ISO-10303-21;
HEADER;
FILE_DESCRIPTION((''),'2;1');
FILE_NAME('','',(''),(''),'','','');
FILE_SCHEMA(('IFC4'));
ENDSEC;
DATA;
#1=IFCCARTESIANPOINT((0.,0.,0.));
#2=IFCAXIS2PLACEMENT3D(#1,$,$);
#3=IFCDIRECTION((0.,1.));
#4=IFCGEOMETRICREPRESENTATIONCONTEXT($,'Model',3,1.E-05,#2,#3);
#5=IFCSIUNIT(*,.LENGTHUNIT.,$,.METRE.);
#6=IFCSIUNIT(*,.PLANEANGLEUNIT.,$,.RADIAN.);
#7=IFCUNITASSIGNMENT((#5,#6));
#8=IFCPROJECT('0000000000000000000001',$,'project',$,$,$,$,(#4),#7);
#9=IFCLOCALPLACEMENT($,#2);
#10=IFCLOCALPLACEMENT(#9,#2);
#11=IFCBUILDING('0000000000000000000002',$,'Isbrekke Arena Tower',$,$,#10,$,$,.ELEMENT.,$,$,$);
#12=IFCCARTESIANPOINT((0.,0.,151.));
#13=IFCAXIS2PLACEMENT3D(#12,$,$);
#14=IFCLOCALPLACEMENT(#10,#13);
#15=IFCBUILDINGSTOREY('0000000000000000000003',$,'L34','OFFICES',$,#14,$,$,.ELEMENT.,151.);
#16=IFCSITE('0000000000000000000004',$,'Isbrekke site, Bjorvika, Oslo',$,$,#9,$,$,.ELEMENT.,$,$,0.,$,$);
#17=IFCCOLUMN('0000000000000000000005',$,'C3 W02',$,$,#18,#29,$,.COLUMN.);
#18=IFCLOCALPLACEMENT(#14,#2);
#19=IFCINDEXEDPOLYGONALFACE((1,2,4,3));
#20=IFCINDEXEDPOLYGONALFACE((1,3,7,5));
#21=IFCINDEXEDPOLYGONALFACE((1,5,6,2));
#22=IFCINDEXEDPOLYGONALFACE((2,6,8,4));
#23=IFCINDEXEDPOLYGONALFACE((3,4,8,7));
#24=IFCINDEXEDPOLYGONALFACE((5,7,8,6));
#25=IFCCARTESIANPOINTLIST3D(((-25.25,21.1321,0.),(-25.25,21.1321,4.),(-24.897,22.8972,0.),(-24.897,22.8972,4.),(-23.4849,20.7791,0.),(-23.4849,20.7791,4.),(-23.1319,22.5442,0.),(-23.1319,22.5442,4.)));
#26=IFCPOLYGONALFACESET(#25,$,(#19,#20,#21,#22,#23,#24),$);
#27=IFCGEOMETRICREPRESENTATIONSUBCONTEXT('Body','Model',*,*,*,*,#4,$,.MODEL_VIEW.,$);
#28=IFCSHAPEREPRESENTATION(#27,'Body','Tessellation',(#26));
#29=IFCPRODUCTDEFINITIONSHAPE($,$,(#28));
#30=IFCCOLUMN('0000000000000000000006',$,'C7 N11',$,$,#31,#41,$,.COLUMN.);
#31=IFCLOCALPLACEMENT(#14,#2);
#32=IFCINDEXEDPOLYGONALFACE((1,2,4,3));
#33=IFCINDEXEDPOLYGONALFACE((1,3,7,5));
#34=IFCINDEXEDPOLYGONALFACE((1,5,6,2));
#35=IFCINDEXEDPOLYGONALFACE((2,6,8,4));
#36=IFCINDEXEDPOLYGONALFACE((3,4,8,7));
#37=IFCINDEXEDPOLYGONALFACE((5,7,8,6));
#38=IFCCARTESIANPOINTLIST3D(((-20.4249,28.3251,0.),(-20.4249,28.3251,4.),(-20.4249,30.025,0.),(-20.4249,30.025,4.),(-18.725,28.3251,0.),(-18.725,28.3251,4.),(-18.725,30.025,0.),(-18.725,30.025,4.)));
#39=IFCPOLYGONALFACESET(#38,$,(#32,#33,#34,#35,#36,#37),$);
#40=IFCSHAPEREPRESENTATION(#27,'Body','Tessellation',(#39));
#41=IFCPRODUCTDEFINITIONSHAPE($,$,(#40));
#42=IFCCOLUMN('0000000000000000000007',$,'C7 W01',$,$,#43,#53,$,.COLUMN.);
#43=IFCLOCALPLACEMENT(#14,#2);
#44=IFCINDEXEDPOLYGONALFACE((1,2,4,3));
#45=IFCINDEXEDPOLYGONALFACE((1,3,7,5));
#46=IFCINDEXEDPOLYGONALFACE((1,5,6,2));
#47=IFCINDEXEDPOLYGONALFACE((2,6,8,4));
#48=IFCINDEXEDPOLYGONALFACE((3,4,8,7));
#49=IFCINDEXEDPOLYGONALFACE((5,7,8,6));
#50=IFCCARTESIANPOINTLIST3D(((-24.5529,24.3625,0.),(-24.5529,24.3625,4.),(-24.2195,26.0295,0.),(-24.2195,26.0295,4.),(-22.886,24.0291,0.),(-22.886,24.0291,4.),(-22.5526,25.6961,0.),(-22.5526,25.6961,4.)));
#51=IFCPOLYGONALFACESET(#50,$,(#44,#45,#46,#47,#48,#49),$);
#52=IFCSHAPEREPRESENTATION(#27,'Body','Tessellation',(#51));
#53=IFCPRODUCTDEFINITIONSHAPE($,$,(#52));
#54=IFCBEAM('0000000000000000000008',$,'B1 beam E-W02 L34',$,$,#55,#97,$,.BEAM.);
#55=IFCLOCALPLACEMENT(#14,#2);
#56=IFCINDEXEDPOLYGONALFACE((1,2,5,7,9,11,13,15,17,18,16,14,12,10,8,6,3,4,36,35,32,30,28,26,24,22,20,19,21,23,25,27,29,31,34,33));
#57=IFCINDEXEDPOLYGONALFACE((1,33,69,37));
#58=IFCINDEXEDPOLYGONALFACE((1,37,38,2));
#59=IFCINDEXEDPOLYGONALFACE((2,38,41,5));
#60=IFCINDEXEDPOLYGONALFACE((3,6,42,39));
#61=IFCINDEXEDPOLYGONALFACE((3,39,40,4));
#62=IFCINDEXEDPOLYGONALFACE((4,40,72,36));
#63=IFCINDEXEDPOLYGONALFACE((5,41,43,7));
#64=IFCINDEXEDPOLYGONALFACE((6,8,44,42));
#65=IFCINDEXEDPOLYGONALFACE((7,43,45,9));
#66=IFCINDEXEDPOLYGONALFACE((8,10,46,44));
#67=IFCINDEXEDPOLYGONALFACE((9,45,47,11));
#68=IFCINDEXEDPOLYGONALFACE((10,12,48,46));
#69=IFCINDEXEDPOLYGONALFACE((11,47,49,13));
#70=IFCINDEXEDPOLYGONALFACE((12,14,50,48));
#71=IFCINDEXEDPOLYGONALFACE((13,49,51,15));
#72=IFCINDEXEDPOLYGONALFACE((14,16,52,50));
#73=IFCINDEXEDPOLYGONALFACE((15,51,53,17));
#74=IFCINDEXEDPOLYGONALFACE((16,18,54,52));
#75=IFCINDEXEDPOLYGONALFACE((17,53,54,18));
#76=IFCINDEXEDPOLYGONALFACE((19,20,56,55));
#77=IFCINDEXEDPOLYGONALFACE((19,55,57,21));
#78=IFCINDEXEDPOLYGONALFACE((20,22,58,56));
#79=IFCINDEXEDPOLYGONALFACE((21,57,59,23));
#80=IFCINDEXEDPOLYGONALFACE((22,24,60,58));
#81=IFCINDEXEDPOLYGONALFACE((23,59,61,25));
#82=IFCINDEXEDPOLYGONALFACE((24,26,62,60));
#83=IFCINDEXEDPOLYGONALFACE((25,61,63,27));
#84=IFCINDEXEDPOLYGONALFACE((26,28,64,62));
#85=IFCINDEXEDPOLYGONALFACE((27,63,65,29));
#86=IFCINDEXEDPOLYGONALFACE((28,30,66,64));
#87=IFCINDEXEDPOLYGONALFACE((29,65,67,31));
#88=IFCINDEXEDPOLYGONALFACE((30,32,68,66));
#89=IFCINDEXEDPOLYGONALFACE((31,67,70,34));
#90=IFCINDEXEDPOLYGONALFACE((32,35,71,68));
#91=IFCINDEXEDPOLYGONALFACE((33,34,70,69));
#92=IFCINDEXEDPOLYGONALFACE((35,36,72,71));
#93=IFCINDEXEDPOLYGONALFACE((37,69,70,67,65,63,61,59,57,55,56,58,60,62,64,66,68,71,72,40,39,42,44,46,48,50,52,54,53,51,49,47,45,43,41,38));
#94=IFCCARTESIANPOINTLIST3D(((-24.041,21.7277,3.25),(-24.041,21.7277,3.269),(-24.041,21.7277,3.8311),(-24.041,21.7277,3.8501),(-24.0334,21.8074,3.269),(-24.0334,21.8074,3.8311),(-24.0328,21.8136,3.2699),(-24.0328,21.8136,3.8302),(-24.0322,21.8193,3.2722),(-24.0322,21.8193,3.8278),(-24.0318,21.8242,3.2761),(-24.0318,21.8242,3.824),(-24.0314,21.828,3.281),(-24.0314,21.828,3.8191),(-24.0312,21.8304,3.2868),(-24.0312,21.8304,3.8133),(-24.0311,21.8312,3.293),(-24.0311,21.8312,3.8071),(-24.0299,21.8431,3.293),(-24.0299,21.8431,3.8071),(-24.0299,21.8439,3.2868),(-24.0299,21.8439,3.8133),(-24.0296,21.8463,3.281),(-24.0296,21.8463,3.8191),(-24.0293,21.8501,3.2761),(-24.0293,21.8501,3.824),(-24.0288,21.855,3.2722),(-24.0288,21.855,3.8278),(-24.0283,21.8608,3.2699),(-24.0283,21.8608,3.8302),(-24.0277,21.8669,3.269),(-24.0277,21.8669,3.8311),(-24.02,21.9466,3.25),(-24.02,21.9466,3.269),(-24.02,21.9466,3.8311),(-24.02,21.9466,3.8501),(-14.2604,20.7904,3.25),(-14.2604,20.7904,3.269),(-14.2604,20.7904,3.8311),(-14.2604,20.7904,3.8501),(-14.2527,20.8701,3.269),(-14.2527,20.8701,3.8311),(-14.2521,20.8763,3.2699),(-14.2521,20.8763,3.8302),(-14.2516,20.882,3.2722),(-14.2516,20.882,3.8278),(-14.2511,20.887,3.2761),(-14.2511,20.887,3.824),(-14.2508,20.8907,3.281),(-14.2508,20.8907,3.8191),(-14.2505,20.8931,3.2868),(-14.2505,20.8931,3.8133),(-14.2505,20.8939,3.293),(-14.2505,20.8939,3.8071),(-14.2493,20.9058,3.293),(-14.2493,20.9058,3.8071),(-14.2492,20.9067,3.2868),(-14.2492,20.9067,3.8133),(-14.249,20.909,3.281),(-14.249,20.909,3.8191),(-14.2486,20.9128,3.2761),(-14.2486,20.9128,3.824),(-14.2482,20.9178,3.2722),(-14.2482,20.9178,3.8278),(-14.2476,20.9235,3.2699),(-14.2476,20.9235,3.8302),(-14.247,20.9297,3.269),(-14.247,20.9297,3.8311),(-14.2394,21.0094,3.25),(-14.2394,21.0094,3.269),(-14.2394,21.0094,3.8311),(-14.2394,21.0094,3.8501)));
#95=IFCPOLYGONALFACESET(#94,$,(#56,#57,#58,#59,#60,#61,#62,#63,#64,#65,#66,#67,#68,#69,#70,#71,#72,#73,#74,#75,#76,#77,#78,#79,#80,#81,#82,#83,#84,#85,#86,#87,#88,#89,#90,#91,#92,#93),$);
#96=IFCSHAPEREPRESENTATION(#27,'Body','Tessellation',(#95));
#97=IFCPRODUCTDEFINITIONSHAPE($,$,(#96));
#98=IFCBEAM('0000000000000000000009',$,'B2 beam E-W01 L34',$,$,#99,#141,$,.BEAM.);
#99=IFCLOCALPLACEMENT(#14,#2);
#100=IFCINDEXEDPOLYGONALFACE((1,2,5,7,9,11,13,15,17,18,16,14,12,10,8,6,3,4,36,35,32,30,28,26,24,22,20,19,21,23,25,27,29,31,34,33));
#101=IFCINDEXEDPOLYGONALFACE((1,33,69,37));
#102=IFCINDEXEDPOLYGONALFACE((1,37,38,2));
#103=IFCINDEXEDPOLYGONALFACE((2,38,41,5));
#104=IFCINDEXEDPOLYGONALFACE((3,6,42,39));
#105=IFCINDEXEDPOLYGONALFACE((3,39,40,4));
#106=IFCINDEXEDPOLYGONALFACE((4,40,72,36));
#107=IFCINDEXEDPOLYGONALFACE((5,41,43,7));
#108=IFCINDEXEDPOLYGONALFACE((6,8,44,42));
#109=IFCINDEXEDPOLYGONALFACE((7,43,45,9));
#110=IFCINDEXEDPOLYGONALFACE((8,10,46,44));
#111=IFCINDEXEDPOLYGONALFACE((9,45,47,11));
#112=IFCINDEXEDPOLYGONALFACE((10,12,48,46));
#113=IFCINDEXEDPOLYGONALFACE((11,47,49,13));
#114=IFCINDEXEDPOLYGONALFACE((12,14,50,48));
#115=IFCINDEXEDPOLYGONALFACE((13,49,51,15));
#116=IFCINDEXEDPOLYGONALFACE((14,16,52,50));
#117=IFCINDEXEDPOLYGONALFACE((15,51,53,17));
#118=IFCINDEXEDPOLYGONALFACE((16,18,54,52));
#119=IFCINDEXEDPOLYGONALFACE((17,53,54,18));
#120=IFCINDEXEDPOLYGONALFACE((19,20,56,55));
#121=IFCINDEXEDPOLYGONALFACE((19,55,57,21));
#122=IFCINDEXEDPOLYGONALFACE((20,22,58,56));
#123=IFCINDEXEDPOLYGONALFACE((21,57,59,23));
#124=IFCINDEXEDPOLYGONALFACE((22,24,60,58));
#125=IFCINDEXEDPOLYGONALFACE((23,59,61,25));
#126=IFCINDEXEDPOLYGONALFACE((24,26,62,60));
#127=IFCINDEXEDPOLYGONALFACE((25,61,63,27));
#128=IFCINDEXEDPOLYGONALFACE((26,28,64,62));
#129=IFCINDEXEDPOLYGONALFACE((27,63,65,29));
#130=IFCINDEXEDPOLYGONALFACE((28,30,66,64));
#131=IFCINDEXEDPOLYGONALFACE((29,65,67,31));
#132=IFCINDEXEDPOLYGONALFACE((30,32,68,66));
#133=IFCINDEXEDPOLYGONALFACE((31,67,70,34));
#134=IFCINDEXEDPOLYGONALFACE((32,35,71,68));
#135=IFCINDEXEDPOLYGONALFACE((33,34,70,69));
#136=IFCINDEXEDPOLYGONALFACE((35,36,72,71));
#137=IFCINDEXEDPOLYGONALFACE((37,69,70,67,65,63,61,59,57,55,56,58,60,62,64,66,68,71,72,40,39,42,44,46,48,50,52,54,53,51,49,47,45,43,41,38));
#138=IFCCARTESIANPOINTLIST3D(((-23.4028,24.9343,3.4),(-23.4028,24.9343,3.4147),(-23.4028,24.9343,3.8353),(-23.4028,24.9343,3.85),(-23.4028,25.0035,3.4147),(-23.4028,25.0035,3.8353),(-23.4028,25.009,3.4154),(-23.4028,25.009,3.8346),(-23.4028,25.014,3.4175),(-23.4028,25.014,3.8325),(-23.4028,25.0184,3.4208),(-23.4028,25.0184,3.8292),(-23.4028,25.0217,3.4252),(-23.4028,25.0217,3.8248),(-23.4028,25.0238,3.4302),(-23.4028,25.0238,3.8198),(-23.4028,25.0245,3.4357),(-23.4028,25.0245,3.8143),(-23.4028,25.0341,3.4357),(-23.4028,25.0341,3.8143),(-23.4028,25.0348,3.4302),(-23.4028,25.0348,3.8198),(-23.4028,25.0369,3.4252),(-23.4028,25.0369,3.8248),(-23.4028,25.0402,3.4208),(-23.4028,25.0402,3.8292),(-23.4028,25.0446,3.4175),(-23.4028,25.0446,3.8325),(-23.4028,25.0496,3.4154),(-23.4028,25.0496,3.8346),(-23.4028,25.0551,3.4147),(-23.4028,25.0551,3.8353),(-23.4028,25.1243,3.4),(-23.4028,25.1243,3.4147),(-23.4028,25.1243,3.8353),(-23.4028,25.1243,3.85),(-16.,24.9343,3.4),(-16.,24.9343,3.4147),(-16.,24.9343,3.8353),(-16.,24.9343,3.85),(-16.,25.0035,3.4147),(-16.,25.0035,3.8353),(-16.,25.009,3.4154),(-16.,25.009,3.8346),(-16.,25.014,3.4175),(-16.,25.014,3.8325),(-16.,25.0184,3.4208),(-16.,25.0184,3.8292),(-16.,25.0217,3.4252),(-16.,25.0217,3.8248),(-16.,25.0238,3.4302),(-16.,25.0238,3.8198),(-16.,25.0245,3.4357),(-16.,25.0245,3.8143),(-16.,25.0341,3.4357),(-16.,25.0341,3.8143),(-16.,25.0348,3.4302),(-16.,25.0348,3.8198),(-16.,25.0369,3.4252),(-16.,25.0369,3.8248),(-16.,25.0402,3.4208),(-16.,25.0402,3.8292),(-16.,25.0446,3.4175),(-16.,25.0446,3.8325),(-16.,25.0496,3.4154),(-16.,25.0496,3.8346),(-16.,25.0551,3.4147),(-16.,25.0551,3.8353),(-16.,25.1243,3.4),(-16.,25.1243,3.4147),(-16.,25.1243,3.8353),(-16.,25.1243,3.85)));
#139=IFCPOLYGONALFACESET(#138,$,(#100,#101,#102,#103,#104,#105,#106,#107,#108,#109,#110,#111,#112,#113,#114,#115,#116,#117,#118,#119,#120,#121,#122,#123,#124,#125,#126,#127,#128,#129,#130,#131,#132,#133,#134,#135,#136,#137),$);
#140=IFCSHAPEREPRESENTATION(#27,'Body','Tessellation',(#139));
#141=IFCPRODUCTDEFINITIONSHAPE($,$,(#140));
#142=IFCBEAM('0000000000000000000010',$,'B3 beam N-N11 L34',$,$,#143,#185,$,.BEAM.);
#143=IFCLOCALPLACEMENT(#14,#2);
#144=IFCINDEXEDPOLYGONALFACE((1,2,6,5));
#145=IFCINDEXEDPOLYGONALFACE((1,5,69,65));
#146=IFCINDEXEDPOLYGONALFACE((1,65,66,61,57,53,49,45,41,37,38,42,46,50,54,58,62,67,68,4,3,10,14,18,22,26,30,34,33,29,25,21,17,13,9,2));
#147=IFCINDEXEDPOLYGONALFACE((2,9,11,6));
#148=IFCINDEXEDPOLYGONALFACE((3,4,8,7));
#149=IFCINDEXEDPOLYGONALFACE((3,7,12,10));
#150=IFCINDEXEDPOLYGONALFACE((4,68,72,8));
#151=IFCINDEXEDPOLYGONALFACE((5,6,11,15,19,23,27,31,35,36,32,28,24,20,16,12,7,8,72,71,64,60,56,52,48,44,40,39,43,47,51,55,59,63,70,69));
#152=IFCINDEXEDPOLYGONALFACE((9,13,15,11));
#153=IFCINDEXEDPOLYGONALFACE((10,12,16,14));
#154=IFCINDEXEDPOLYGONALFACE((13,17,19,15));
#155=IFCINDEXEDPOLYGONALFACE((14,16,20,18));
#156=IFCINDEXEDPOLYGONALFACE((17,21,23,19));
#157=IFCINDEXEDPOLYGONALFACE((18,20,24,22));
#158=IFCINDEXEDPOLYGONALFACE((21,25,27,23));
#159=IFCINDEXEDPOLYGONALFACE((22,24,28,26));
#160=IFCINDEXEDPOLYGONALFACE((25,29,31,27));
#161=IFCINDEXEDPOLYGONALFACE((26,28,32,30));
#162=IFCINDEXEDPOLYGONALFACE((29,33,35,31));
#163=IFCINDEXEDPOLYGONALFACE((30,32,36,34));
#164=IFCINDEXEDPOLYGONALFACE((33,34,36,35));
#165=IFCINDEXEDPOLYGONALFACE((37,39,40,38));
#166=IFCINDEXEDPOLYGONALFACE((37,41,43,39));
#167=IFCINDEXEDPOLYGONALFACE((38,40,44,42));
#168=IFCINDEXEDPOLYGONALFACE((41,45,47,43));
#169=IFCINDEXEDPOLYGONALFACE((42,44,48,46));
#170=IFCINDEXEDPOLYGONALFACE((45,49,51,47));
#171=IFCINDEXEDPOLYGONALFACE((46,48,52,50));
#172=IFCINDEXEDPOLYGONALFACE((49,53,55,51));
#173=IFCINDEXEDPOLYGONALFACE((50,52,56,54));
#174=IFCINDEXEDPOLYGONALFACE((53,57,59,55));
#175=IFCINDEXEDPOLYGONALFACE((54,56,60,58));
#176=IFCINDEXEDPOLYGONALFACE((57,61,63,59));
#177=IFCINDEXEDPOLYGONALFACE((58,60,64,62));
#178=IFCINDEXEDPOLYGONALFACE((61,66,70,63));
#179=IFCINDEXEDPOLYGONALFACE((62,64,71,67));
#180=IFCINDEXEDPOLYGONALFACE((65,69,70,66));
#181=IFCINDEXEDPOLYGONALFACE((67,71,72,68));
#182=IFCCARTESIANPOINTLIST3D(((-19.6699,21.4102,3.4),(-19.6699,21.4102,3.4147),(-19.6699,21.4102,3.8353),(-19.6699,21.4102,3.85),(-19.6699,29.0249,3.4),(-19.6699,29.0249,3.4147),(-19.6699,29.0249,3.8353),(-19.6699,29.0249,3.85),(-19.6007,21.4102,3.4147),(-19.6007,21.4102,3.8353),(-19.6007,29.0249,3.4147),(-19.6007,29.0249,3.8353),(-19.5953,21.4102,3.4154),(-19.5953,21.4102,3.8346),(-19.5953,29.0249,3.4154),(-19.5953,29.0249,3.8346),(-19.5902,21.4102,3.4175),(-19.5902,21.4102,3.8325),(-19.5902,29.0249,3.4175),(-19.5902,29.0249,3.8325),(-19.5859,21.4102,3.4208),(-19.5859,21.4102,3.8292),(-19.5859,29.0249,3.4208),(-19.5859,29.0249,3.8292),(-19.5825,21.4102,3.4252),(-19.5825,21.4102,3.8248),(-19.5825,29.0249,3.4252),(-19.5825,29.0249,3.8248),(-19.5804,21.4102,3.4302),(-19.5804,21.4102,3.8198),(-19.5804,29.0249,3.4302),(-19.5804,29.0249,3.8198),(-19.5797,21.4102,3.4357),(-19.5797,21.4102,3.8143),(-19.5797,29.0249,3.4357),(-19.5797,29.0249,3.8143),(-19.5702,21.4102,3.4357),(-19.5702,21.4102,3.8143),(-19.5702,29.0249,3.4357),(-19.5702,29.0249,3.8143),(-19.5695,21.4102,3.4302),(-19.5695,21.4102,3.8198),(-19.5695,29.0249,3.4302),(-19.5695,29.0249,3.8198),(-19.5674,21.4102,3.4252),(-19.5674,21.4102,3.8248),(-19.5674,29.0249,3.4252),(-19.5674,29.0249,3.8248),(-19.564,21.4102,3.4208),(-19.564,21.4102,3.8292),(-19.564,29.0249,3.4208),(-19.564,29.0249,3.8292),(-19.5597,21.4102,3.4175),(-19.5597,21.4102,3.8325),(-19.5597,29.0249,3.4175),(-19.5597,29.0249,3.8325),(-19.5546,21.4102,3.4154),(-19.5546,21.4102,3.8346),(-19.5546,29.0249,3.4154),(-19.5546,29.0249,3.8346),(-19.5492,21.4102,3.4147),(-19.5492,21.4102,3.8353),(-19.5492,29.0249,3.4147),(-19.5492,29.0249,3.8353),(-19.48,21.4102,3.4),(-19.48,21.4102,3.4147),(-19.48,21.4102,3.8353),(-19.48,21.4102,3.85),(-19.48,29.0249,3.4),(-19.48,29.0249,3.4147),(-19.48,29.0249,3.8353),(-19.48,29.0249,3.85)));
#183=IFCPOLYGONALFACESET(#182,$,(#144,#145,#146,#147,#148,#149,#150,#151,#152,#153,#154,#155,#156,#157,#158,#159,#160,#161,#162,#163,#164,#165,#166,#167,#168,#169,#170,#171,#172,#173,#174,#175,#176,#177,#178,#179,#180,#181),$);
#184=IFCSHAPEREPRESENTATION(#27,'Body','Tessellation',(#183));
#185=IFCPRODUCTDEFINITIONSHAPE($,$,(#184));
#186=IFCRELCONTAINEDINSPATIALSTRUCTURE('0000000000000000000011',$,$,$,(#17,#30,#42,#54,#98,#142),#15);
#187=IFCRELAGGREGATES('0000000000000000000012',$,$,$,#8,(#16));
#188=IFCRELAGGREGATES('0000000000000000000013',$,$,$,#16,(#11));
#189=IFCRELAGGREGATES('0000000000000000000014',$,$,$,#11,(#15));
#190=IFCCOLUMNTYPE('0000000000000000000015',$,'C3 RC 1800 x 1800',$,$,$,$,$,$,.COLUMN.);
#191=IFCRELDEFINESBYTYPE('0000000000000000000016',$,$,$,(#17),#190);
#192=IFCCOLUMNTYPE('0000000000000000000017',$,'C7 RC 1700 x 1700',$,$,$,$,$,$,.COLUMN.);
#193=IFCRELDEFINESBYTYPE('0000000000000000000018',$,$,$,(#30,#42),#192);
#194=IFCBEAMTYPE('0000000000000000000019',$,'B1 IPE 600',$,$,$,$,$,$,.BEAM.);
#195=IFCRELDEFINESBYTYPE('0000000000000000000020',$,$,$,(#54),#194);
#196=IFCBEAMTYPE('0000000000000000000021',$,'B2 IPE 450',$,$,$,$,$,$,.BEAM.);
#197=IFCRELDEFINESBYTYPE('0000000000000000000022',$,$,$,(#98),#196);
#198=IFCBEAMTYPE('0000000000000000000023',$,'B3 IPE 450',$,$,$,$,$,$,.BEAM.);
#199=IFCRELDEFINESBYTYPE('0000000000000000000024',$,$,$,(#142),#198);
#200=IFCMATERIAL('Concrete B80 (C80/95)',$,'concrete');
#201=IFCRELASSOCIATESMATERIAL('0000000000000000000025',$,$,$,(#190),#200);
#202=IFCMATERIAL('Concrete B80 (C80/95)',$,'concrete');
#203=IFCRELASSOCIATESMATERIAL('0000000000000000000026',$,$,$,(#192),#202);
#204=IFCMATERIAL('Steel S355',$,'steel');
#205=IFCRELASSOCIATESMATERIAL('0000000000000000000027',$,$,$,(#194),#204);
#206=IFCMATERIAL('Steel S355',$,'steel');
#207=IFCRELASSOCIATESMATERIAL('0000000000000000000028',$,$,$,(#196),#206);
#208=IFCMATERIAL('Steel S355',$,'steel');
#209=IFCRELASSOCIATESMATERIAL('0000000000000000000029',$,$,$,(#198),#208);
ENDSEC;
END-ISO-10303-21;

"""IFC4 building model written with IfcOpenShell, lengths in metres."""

from ifc_helpers import new_model, si_unit, direction, frame, origin, origin_2d, place, context, subcontext, project, spatial, rectangle, i_section, extrude, material, material_profile, profile_set, type_object, element, save


model = new_model("IFC4")

# Units and contexts
model_context = context("Model", 3, precision=1e-05, world=origin(), true_north=direction((0.0, 1.0)))
body_context = subcontext(model_context, "Body", "Model", "MODEL_VIEW")
ifc_project = project(units=[si_unit("LENGTHUNIT", "METRE"), si_unit("PLANEANGLEUNIT", "RADIAN")], contexts=[model_context])

# Site, building, storey
site_placement = place(None, origin())
site = spatial("IfcSite", under=ifc_project, at=site_placement, Name="Isbrekke site, Bjorvika, Oslo", CompositionType="ELEMENT", RefElevation=0.0)
building_placement = place(site_placement, origin())
building = spatial("IfcBuilding", under=site, at=building_placement, Name="Isbrekke Arena Tower", CompositionType="ELEMENT")
storey_placement = place(building_placement, frame((0.0, 0.0, 151.0)))
storey = spatial("IfcBuildingStorey", under=building, at=storey_placement, Name="L34", Description="OFFICES", CompositionType="ELEMENT", Elevation=151.0)

# Columns
ifc_material_1 = material(Name="Concrete B80 (C80/95)", Category="concrete")
ifc_material_profile_1 = material_profile(ifc_material_1, rectangle(XDim=1.8, YDim=1.8, at=origin_2d()), Name="RC 1800x1800")
ifc_profile_set_1 = profile_set([ifc_material_profile_1], Name="Concrete B80 (C80/95)")
column_type_1 = type_object("IfcColumnType", Name="C3 RC 1800 x 1800", PredefinedType="COLUMN", material=ifc_profile_set_1)
column_placement = place(storey_placement, frame((-24.1909, 21.8381, 0.0), z_axis=(0.0, 0.0, 1.0), x_axis=(-0.196116, -0.980581, 0.0)))
element("IfcColumn", 1, at=column_placement, inside=storey, type_object=column_type_1, Name="C3 W02", PredefinedType="COLUMN", context=body_context, shape_type="SweptSolid", body=[
    extrude(rectangle(XDim=1.8, YDim=1.8, at=origin_2d()), origin(), (0.0, 0.0, 1.0), 4.0),
])
ifc_material_2 = material(Name="Concrete B80 (C80/95)", Category="concrete")
ifc_material_profile_2 = material_profile(ifc_material_2, rectangle(XDim=1.7, YDim=1.7, at=origin_2d()), Name="RC 1700x1700")
ifc_profile_set_2 = profile_set([ifc_material_profile_2], Name="Concrete B80 (C80/95)")
column_type_2 = type_object("IfcColumnType", Name="C7 RC 1700 x 1700", PredefinedType="COLUMN", material=ifc_profile_set_2)
for number, where, z_axis, x_axis, name in (
    (2, (-19.575, 29.175, 0.0), (0.0, 0.0, 1.0), (-1.0, 0.0, 0.0), "C7 N11"),
    (3, (-23.5527, 25.0293, 0.0), (0.0, 0.0, 1.0), (-0.196116, -0.980581, 0.0), "C7 W01"),
):
    element("IfcColumn", number, at=place(storey_placement, frame(where, z_axis=z_axis, x_axis=x_axis)), inside=storey, type_object=column_type_2, Name=name, PredefinedType="COLUMN", context=body_context, shape_type="SweptSolid", body=[
        extrude(rectangle(XDim=1.7, YDim=1.7, at=origin_2d()), origin(), (0.0, 0.0, 1.0), 4.0),
    ])

# Beams
ifc_material_3 = material(Name="Steel S355", Category="steel")
ifc_material_profile_3 = material_profile(ifc_material_3, i_section(OverallWidth=0.22, OverallDepth=0.6001, WebThickness=0.012, FlangeThickness=0.019, FilletRadius=0.0239, at=origin_2d()), Name="IPE 600")
ifc_profile_set_3 = profile_set([ifc_material_profile_3], Name="Steel S355")
beam_type_1 = type_object("IfcBeamType", Name="B1 IPE 600", PredefinedType="BEAM", material=ifc_profile_set_3)
beam_1_placement = place(storey_placement, frame((-24.0305, 21.8372, 3.55), z_axis=(0.99544, -0.095392, 0.0), x_axis=(0.095392, 0.99544, 0.0)))
element("IfcBeam", 4, at=beam_1_placement, inside=storey, type_object=beam_type_1, Name="B1 beam E-W02 L34", PredefinedType="BEAM", context=body_context, shape_type="SweptSolid", body=[
    extrude(i_section(OverallWidth=0.22, OverallDepth=0.6001, WebThickness=0.012, FlangeThickness=0.019, FilletRadius=0.0239, at=origin_2d()), origin(), (0.0, 0.0, 1.0), 9.8254),
])
ifc_material_4 = material(Name="Steel S355", Category="steel")
ifc_material_profile_4 = material_profile(ifc_material_4, i_section(OverallWidth=0.1899, OverallDepth=0.45, WebThickness=0.0095, FlangeThickness=0.0146, FilletRadius=0.021, at=origin_2d()), Name="IPE 450")
ifc_profile_set_4 = profile_set([ifc_material_profile_4], Name="Steel S355")
beam_type_2 = type_object("IfcBeamType", Name="B2 IPE 450", PredefinedType="BEAM", material=ifc_profile_set_4)
beam_2_placement = place(storey_placement, frame((-23.4028, 25.0293, 3.625), z_axis=(1.0, 0.0, 0.0), x_axis=(0.0, 1.0, 0.0)))
element("IfcBeam", 5, at=beam_2_placement, inside=storey, type_object=beam_type_2, Name="B2 beam E-W01 L34", PredefinedType="BEAM", context=body_context, shape_type="SweptSolid", body=[
    extrude(i_section(OverallWidth=0.1899, OverallDepth=0.45, WebThickness=0.0095, FlangeThickness=0.0146, FilletRadius=0.021, at=origin_2d()), origin(), (0.0, 0.0, 1.0), 7.4028),
])
ifc_material_5 = material(Name="Steel S355", Category="steel")
ifc_material_profile_5 = material_profile(ifc_material_5, i_section(OverallWidth=0.1899, OverallDepth=0.45, WebThickness=0.0095, FlangeThickness=0.0146, FilletRadius=0.021, at=origin_2d()), Name="IPE 450")
ifc_profile_set_5 = profile_set([ifc_material_profile_5], Name="Steel S355")
beam_type_3 = type_object("IfcBeamType", Name="B3 IPE 450", PredefinedType="BEAM", material=ifc_profile_set_5)
beam_3_placement = place(storey_placement, frame((-19.575, 29.0249, 3.625), z_axis=(0.0, -1.0, 0.0), x_axis=(1.0, 0.0, 0.0)))
element("IfcBeam", 6, at=beam_3_placement, inside=storey, type_object=beam_type_3, Name="B3 beam N-N11 L34", PredefinedType="BEAM", context=body_context, shape_type="SweptSolid", body=[
    extrude(i_section(OverallWidth=0.1899, OverallDepth=0.45, WebThickness=0.0095, FlangeThickness=0.0146, FilletRadius=0.021, at=origin_2d()), origin(), (0.0, 0.0, 1.0), 7.6147),
])

save(model, "model.ifc")
